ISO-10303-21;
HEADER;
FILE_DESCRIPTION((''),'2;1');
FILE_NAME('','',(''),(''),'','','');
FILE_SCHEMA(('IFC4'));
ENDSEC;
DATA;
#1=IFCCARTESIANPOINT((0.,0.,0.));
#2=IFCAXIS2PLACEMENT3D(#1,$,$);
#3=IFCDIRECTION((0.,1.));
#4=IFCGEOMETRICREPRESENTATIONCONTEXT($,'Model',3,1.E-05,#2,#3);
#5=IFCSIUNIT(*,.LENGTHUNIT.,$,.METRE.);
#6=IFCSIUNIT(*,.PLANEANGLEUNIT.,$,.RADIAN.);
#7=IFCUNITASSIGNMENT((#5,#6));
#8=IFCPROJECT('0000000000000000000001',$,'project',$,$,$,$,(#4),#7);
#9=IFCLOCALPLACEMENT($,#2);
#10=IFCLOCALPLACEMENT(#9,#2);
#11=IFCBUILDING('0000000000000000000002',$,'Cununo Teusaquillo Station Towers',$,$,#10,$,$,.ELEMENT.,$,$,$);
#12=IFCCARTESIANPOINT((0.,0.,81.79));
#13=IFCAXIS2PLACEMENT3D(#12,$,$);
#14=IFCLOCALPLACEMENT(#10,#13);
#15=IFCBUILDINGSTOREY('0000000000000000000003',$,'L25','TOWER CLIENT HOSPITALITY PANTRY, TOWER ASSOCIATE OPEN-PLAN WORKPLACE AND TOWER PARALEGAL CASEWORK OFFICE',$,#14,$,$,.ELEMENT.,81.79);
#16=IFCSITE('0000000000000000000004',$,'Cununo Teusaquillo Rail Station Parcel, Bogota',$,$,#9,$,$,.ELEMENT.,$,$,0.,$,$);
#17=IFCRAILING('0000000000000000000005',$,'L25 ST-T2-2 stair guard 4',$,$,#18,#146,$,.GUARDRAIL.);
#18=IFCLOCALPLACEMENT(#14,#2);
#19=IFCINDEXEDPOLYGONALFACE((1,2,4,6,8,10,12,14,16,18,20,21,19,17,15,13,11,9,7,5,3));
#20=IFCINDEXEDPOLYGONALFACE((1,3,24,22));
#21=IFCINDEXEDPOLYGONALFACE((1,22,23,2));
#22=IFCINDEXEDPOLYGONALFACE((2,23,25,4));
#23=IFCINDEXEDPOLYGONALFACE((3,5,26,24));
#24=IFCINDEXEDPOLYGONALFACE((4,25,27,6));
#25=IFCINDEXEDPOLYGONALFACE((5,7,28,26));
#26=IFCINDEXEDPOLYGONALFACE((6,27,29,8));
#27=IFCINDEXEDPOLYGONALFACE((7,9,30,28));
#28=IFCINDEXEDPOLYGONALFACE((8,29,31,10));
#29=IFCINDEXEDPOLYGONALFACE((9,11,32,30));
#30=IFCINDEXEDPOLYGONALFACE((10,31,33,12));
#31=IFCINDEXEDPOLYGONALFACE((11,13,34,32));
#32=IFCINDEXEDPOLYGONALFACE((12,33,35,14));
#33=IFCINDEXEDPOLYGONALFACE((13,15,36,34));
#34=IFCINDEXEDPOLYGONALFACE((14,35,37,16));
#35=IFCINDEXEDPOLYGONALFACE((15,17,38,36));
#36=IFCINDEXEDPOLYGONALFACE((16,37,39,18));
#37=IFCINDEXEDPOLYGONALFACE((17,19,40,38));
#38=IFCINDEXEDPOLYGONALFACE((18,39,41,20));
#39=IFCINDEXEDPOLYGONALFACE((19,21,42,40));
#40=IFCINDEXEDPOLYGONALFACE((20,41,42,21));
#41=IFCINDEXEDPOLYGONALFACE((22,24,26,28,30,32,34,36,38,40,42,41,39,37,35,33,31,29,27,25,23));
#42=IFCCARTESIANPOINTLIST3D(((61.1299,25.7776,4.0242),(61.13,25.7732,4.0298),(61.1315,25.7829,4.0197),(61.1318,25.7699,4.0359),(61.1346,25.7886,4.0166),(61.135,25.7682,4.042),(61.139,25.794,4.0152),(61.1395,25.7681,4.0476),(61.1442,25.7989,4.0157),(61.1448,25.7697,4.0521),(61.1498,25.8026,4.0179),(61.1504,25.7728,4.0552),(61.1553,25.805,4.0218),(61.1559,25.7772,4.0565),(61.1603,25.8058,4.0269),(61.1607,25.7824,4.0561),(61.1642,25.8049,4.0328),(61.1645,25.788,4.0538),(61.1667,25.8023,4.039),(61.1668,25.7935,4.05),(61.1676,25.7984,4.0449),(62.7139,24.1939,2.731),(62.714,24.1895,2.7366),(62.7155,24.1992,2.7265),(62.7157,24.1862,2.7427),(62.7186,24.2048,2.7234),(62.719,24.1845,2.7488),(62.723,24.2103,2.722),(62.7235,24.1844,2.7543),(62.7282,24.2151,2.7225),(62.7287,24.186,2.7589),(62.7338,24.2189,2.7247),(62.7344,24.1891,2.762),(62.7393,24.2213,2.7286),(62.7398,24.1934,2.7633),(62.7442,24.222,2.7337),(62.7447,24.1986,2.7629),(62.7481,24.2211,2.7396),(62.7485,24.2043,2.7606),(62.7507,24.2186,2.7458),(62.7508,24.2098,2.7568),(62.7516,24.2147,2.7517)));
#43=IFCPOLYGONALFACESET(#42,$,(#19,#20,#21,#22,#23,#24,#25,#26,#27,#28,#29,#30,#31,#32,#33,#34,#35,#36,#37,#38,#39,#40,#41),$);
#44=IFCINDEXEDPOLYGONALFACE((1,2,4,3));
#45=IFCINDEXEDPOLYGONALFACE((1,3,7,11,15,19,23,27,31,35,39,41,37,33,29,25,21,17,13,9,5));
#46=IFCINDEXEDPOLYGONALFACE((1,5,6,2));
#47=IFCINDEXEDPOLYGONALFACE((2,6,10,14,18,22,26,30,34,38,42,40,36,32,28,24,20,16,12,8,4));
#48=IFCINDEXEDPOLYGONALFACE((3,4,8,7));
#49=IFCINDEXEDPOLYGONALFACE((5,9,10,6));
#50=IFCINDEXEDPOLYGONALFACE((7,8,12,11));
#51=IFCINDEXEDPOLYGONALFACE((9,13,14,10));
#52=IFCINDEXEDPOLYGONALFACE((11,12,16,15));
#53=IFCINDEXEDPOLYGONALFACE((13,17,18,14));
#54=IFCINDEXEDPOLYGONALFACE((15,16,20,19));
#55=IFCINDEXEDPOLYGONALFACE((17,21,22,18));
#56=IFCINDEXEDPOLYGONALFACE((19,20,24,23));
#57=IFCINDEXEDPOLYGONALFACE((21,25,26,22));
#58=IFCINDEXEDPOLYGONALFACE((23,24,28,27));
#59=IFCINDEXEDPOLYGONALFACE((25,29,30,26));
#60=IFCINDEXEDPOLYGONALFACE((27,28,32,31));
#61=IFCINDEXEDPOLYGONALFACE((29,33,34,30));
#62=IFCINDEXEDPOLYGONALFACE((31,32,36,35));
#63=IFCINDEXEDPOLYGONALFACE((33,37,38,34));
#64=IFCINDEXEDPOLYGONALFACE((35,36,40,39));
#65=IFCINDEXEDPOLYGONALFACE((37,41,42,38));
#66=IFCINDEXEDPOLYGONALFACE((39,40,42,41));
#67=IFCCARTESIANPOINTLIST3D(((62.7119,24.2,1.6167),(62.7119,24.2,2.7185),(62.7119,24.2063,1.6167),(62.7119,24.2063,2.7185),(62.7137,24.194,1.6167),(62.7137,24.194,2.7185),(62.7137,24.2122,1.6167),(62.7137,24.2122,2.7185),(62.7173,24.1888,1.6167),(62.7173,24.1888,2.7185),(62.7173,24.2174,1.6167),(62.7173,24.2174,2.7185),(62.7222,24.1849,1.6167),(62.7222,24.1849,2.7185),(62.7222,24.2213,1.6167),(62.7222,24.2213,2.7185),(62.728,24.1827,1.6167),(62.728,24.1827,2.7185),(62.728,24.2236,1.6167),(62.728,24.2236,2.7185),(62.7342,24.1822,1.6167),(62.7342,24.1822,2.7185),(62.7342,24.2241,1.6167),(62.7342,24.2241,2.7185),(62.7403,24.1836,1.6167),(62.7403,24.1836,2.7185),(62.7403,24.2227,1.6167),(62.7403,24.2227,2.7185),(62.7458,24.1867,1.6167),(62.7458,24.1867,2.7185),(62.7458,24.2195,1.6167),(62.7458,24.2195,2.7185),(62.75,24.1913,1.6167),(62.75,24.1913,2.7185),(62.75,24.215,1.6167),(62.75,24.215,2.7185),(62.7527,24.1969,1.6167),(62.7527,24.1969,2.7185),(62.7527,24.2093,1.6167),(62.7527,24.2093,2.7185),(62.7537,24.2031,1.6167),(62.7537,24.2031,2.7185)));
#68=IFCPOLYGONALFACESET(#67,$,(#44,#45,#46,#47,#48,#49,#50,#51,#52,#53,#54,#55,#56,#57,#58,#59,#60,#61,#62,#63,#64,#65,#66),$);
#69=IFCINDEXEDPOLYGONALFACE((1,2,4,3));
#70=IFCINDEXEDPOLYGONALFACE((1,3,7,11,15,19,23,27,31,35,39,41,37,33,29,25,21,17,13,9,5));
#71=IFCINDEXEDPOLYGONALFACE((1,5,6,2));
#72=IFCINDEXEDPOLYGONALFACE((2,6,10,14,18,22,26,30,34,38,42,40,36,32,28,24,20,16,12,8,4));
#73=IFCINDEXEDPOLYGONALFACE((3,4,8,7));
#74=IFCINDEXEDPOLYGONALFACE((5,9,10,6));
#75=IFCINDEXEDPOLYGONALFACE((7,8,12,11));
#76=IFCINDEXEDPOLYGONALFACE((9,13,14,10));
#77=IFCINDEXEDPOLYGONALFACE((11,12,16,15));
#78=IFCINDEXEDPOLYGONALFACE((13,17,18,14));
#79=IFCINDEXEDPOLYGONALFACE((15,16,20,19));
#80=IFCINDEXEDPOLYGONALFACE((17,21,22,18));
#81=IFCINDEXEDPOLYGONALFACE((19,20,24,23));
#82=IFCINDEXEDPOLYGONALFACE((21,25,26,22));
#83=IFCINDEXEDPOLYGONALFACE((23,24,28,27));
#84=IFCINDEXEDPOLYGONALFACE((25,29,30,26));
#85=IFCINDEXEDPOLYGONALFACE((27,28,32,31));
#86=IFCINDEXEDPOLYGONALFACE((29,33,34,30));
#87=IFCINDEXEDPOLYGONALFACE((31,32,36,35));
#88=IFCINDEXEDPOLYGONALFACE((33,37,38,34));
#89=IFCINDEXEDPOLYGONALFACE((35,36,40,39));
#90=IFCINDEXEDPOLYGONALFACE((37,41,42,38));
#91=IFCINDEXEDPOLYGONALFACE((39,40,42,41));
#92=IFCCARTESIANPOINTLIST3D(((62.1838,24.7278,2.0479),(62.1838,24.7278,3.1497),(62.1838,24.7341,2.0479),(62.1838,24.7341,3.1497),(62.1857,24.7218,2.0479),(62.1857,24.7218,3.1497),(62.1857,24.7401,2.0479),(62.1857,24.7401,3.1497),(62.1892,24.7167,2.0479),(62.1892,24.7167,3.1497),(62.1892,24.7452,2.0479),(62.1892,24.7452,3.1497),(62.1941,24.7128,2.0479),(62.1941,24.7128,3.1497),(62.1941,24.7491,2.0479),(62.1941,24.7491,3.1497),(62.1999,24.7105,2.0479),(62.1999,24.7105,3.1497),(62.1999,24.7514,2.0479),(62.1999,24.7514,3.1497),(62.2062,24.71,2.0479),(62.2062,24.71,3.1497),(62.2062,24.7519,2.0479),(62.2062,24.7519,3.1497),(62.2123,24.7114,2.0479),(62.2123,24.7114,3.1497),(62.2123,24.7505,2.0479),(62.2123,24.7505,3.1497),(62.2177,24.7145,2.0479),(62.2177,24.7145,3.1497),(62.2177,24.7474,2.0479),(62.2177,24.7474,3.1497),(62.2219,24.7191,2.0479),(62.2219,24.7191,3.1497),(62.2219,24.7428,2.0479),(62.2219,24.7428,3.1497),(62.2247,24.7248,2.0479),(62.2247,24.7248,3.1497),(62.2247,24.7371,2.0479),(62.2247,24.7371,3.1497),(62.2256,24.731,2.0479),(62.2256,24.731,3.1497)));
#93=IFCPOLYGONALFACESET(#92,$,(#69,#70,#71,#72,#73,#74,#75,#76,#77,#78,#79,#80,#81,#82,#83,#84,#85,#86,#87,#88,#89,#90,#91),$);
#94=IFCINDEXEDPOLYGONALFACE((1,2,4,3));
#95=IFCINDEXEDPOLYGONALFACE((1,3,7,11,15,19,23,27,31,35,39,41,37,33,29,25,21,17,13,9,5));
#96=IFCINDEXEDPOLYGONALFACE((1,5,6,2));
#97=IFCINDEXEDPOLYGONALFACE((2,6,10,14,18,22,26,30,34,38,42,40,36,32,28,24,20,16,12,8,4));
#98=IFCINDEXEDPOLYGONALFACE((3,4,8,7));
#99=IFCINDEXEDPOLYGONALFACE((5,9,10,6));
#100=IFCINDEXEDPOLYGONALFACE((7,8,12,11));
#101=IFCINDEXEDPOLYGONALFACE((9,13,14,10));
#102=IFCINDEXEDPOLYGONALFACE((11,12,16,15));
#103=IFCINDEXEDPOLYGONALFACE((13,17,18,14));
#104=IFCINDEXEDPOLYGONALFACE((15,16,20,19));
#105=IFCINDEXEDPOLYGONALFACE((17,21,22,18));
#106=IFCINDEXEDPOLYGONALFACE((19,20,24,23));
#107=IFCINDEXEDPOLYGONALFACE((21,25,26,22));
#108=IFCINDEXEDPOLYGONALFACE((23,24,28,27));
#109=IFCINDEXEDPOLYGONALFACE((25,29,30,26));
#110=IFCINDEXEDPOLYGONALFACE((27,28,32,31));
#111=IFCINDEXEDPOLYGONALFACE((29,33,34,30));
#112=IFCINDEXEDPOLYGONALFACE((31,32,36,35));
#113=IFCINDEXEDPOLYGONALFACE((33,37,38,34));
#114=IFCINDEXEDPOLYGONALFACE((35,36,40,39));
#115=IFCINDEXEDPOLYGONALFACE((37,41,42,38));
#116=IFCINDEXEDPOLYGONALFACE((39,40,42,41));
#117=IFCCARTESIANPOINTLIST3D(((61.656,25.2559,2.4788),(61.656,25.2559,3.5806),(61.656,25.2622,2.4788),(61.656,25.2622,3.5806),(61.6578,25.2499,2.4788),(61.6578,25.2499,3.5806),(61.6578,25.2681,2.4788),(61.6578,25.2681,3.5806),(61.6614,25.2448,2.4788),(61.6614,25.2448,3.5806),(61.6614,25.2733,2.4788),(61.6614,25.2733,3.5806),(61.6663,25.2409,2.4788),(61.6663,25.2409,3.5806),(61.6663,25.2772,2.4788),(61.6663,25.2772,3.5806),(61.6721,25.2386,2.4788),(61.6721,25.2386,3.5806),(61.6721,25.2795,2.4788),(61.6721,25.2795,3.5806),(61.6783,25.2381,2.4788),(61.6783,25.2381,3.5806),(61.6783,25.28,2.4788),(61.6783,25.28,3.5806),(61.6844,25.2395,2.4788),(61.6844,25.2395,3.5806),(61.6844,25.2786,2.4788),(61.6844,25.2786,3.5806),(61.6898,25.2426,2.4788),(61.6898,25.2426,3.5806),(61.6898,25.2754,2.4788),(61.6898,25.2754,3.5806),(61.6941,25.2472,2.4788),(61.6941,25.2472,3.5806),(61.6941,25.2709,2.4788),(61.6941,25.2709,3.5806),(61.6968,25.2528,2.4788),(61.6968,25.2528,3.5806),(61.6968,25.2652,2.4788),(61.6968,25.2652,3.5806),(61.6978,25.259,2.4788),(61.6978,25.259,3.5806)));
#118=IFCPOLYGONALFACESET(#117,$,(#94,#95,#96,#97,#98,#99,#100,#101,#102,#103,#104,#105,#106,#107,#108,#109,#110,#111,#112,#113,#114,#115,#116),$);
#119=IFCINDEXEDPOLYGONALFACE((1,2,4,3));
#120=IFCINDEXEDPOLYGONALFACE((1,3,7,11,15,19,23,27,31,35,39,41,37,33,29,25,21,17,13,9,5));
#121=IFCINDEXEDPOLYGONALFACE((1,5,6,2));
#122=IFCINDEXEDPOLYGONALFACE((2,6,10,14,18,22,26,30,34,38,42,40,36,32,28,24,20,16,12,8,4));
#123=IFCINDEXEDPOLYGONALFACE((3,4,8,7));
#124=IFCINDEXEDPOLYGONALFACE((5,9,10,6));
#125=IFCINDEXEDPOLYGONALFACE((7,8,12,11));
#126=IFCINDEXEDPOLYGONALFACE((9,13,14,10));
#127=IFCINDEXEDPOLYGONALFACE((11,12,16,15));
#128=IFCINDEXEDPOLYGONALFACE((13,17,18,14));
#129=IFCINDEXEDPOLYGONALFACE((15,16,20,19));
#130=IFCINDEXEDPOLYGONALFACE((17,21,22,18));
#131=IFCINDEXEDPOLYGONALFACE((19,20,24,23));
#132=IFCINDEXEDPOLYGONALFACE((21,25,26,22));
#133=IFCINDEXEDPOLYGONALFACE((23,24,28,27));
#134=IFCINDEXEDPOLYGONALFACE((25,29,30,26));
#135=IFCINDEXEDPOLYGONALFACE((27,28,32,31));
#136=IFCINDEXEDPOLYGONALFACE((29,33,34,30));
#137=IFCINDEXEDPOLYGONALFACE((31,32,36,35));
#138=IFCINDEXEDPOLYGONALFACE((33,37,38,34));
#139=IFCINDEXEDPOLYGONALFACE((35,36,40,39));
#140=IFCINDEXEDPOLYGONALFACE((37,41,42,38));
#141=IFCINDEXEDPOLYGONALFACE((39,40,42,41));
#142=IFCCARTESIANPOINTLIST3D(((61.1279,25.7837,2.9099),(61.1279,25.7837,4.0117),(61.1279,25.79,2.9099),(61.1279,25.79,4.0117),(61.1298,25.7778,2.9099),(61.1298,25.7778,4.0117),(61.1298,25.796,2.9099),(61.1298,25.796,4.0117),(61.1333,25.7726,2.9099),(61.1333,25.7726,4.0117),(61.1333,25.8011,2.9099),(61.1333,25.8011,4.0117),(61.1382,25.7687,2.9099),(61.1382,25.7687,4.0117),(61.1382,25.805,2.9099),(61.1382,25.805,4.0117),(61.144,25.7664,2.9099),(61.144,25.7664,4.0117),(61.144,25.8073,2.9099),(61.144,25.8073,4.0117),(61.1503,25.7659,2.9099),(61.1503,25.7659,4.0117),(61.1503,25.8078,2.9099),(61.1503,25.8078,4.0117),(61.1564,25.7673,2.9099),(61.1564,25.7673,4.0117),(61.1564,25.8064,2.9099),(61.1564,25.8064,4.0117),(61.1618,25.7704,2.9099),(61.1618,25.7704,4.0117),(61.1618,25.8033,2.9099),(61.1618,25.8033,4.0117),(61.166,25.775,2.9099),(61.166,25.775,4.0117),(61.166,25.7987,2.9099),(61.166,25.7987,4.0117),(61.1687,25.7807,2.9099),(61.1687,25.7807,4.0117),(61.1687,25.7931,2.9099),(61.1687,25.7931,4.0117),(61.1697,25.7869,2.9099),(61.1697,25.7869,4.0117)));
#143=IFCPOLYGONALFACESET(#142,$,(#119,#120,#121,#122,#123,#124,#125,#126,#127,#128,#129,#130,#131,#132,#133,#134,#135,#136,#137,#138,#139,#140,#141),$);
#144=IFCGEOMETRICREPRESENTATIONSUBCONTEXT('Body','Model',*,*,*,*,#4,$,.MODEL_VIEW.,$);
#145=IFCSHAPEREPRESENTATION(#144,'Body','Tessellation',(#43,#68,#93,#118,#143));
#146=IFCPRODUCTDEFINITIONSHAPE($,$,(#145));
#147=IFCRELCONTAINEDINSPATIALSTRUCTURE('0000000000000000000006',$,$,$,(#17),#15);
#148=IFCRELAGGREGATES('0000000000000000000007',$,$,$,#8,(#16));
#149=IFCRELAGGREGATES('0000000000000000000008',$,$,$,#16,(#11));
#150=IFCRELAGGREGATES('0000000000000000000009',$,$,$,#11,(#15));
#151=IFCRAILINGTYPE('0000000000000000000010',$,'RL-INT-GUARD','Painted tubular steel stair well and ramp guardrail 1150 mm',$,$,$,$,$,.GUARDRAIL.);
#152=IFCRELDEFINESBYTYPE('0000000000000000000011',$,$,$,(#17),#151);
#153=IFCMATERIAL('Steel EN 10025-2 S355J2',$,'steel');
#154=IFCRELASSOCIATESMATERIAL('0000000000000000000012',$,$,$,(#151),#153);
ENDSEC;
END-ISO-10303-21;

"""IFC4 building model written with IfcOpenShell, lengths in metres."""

from ifc_helpers import new_model, si_unit, direction, frame, origin, origin_2d, place, context, subcontext, project, spatial, circle, extrude, material, type_object, element, save


model = new_model("IFC4")

# Units and contexts
model_context = context("Model", 3, precision=1e-05, world=origin(), true_north=direction((0.0, 1.0)))
body_context = subcontext(model_context, "Body", "Model", "MODEL_VIEW")
ifc_project = project(units=[si_unit("LENGTHUNIT", "METRE"), si_unit("PLANEANGLEUNIT", "RADIAN")], contexts=[model_context])

# Site, building, storey
site_placement = place(None, origin())
site = spatial("IfcSite", under=ifc_project, at=site_placement, Name="Cununo Teusaquillo Rail Station Parcel, Bogota", CompositionType="ELEMENT", RefElevation=0.0)
building_placement = place(site_placement, origin())
building = spatial("IfcBuilding", under=site, at=building_placement, Name="Cununo Teusaquillo Station Towers", CompositionType="ELEMENT")
storey_placement = place(building_placement, frame((0.0, 0.0, 81.79)))
storey = spatial("IfcBuildingStorey", under=building, at=storey_placement, Name="L25", Description="TOWER CLIENT HOSPITALITY PANTRY, TOWER ASSOCIATE OPEN-PLAN WORKPLACE AND TOWER PARALEGAL CASEWORK OFFICE", CompositionType="ELEMENT", Elevation=81.79)

# Railing
ifc_material_1 = material(Name="Steel EN 10025-2 S355J2", Category="steel")
railing_type_1 = type_object("IfcRailingType", Name="RL-INT-GUARD", Description="Painted tubular steel stair well and ramp guardrail 1150 mm", PredefinedType="GUARDRAIL", material=ifc_material_1)
railing_1_placement = place(storey_placement, frame((62.7327, 24.2031, 1.6167)))
element("IfcRailing", 1, at=railing_1_placement, inside=storey, type_object=railing_type_1, Name="L25 ST-T2-2 stair guard 4", PredefinedType="GUARDRAIL", context=body_context, shape_type="SweptSolid", body=[
    extrude(circle(Radius=0.0239, at=origin_2d()), frame((0.0, 0.0, 1.126), z_axis=(-0.61242, 0.612326, 0.499998), x_axis=(-0.707052, -0.707161, 0.0)), (0.0, 0.0, 1.0), 2.5864),
    extrude(circle(Radius=0.021, at=origin_2d()), origin(), (0.0, 0.0, 1.0), 1.1018),
    extrude(circle(Radius=0.021, at=origin_2d()), frame((-0.5281, 0.5278, 0.4312)), (0.0, 0.0, 1.0), 1.1018),
    extrude(circle(Radius=0.021, at=origin_2d()), frame((-1.0559, 1.0559, 0.8621)), (0.0, 0.0, 1.0), 1.1018),
    extrude(circle(Radius=0.021, at=origin_2d()), frame((-1.584, 1.5837, 1.2932)), (0.0, 0.0, 1.0), 1.1018),
])

save(model, "model.ifc")
